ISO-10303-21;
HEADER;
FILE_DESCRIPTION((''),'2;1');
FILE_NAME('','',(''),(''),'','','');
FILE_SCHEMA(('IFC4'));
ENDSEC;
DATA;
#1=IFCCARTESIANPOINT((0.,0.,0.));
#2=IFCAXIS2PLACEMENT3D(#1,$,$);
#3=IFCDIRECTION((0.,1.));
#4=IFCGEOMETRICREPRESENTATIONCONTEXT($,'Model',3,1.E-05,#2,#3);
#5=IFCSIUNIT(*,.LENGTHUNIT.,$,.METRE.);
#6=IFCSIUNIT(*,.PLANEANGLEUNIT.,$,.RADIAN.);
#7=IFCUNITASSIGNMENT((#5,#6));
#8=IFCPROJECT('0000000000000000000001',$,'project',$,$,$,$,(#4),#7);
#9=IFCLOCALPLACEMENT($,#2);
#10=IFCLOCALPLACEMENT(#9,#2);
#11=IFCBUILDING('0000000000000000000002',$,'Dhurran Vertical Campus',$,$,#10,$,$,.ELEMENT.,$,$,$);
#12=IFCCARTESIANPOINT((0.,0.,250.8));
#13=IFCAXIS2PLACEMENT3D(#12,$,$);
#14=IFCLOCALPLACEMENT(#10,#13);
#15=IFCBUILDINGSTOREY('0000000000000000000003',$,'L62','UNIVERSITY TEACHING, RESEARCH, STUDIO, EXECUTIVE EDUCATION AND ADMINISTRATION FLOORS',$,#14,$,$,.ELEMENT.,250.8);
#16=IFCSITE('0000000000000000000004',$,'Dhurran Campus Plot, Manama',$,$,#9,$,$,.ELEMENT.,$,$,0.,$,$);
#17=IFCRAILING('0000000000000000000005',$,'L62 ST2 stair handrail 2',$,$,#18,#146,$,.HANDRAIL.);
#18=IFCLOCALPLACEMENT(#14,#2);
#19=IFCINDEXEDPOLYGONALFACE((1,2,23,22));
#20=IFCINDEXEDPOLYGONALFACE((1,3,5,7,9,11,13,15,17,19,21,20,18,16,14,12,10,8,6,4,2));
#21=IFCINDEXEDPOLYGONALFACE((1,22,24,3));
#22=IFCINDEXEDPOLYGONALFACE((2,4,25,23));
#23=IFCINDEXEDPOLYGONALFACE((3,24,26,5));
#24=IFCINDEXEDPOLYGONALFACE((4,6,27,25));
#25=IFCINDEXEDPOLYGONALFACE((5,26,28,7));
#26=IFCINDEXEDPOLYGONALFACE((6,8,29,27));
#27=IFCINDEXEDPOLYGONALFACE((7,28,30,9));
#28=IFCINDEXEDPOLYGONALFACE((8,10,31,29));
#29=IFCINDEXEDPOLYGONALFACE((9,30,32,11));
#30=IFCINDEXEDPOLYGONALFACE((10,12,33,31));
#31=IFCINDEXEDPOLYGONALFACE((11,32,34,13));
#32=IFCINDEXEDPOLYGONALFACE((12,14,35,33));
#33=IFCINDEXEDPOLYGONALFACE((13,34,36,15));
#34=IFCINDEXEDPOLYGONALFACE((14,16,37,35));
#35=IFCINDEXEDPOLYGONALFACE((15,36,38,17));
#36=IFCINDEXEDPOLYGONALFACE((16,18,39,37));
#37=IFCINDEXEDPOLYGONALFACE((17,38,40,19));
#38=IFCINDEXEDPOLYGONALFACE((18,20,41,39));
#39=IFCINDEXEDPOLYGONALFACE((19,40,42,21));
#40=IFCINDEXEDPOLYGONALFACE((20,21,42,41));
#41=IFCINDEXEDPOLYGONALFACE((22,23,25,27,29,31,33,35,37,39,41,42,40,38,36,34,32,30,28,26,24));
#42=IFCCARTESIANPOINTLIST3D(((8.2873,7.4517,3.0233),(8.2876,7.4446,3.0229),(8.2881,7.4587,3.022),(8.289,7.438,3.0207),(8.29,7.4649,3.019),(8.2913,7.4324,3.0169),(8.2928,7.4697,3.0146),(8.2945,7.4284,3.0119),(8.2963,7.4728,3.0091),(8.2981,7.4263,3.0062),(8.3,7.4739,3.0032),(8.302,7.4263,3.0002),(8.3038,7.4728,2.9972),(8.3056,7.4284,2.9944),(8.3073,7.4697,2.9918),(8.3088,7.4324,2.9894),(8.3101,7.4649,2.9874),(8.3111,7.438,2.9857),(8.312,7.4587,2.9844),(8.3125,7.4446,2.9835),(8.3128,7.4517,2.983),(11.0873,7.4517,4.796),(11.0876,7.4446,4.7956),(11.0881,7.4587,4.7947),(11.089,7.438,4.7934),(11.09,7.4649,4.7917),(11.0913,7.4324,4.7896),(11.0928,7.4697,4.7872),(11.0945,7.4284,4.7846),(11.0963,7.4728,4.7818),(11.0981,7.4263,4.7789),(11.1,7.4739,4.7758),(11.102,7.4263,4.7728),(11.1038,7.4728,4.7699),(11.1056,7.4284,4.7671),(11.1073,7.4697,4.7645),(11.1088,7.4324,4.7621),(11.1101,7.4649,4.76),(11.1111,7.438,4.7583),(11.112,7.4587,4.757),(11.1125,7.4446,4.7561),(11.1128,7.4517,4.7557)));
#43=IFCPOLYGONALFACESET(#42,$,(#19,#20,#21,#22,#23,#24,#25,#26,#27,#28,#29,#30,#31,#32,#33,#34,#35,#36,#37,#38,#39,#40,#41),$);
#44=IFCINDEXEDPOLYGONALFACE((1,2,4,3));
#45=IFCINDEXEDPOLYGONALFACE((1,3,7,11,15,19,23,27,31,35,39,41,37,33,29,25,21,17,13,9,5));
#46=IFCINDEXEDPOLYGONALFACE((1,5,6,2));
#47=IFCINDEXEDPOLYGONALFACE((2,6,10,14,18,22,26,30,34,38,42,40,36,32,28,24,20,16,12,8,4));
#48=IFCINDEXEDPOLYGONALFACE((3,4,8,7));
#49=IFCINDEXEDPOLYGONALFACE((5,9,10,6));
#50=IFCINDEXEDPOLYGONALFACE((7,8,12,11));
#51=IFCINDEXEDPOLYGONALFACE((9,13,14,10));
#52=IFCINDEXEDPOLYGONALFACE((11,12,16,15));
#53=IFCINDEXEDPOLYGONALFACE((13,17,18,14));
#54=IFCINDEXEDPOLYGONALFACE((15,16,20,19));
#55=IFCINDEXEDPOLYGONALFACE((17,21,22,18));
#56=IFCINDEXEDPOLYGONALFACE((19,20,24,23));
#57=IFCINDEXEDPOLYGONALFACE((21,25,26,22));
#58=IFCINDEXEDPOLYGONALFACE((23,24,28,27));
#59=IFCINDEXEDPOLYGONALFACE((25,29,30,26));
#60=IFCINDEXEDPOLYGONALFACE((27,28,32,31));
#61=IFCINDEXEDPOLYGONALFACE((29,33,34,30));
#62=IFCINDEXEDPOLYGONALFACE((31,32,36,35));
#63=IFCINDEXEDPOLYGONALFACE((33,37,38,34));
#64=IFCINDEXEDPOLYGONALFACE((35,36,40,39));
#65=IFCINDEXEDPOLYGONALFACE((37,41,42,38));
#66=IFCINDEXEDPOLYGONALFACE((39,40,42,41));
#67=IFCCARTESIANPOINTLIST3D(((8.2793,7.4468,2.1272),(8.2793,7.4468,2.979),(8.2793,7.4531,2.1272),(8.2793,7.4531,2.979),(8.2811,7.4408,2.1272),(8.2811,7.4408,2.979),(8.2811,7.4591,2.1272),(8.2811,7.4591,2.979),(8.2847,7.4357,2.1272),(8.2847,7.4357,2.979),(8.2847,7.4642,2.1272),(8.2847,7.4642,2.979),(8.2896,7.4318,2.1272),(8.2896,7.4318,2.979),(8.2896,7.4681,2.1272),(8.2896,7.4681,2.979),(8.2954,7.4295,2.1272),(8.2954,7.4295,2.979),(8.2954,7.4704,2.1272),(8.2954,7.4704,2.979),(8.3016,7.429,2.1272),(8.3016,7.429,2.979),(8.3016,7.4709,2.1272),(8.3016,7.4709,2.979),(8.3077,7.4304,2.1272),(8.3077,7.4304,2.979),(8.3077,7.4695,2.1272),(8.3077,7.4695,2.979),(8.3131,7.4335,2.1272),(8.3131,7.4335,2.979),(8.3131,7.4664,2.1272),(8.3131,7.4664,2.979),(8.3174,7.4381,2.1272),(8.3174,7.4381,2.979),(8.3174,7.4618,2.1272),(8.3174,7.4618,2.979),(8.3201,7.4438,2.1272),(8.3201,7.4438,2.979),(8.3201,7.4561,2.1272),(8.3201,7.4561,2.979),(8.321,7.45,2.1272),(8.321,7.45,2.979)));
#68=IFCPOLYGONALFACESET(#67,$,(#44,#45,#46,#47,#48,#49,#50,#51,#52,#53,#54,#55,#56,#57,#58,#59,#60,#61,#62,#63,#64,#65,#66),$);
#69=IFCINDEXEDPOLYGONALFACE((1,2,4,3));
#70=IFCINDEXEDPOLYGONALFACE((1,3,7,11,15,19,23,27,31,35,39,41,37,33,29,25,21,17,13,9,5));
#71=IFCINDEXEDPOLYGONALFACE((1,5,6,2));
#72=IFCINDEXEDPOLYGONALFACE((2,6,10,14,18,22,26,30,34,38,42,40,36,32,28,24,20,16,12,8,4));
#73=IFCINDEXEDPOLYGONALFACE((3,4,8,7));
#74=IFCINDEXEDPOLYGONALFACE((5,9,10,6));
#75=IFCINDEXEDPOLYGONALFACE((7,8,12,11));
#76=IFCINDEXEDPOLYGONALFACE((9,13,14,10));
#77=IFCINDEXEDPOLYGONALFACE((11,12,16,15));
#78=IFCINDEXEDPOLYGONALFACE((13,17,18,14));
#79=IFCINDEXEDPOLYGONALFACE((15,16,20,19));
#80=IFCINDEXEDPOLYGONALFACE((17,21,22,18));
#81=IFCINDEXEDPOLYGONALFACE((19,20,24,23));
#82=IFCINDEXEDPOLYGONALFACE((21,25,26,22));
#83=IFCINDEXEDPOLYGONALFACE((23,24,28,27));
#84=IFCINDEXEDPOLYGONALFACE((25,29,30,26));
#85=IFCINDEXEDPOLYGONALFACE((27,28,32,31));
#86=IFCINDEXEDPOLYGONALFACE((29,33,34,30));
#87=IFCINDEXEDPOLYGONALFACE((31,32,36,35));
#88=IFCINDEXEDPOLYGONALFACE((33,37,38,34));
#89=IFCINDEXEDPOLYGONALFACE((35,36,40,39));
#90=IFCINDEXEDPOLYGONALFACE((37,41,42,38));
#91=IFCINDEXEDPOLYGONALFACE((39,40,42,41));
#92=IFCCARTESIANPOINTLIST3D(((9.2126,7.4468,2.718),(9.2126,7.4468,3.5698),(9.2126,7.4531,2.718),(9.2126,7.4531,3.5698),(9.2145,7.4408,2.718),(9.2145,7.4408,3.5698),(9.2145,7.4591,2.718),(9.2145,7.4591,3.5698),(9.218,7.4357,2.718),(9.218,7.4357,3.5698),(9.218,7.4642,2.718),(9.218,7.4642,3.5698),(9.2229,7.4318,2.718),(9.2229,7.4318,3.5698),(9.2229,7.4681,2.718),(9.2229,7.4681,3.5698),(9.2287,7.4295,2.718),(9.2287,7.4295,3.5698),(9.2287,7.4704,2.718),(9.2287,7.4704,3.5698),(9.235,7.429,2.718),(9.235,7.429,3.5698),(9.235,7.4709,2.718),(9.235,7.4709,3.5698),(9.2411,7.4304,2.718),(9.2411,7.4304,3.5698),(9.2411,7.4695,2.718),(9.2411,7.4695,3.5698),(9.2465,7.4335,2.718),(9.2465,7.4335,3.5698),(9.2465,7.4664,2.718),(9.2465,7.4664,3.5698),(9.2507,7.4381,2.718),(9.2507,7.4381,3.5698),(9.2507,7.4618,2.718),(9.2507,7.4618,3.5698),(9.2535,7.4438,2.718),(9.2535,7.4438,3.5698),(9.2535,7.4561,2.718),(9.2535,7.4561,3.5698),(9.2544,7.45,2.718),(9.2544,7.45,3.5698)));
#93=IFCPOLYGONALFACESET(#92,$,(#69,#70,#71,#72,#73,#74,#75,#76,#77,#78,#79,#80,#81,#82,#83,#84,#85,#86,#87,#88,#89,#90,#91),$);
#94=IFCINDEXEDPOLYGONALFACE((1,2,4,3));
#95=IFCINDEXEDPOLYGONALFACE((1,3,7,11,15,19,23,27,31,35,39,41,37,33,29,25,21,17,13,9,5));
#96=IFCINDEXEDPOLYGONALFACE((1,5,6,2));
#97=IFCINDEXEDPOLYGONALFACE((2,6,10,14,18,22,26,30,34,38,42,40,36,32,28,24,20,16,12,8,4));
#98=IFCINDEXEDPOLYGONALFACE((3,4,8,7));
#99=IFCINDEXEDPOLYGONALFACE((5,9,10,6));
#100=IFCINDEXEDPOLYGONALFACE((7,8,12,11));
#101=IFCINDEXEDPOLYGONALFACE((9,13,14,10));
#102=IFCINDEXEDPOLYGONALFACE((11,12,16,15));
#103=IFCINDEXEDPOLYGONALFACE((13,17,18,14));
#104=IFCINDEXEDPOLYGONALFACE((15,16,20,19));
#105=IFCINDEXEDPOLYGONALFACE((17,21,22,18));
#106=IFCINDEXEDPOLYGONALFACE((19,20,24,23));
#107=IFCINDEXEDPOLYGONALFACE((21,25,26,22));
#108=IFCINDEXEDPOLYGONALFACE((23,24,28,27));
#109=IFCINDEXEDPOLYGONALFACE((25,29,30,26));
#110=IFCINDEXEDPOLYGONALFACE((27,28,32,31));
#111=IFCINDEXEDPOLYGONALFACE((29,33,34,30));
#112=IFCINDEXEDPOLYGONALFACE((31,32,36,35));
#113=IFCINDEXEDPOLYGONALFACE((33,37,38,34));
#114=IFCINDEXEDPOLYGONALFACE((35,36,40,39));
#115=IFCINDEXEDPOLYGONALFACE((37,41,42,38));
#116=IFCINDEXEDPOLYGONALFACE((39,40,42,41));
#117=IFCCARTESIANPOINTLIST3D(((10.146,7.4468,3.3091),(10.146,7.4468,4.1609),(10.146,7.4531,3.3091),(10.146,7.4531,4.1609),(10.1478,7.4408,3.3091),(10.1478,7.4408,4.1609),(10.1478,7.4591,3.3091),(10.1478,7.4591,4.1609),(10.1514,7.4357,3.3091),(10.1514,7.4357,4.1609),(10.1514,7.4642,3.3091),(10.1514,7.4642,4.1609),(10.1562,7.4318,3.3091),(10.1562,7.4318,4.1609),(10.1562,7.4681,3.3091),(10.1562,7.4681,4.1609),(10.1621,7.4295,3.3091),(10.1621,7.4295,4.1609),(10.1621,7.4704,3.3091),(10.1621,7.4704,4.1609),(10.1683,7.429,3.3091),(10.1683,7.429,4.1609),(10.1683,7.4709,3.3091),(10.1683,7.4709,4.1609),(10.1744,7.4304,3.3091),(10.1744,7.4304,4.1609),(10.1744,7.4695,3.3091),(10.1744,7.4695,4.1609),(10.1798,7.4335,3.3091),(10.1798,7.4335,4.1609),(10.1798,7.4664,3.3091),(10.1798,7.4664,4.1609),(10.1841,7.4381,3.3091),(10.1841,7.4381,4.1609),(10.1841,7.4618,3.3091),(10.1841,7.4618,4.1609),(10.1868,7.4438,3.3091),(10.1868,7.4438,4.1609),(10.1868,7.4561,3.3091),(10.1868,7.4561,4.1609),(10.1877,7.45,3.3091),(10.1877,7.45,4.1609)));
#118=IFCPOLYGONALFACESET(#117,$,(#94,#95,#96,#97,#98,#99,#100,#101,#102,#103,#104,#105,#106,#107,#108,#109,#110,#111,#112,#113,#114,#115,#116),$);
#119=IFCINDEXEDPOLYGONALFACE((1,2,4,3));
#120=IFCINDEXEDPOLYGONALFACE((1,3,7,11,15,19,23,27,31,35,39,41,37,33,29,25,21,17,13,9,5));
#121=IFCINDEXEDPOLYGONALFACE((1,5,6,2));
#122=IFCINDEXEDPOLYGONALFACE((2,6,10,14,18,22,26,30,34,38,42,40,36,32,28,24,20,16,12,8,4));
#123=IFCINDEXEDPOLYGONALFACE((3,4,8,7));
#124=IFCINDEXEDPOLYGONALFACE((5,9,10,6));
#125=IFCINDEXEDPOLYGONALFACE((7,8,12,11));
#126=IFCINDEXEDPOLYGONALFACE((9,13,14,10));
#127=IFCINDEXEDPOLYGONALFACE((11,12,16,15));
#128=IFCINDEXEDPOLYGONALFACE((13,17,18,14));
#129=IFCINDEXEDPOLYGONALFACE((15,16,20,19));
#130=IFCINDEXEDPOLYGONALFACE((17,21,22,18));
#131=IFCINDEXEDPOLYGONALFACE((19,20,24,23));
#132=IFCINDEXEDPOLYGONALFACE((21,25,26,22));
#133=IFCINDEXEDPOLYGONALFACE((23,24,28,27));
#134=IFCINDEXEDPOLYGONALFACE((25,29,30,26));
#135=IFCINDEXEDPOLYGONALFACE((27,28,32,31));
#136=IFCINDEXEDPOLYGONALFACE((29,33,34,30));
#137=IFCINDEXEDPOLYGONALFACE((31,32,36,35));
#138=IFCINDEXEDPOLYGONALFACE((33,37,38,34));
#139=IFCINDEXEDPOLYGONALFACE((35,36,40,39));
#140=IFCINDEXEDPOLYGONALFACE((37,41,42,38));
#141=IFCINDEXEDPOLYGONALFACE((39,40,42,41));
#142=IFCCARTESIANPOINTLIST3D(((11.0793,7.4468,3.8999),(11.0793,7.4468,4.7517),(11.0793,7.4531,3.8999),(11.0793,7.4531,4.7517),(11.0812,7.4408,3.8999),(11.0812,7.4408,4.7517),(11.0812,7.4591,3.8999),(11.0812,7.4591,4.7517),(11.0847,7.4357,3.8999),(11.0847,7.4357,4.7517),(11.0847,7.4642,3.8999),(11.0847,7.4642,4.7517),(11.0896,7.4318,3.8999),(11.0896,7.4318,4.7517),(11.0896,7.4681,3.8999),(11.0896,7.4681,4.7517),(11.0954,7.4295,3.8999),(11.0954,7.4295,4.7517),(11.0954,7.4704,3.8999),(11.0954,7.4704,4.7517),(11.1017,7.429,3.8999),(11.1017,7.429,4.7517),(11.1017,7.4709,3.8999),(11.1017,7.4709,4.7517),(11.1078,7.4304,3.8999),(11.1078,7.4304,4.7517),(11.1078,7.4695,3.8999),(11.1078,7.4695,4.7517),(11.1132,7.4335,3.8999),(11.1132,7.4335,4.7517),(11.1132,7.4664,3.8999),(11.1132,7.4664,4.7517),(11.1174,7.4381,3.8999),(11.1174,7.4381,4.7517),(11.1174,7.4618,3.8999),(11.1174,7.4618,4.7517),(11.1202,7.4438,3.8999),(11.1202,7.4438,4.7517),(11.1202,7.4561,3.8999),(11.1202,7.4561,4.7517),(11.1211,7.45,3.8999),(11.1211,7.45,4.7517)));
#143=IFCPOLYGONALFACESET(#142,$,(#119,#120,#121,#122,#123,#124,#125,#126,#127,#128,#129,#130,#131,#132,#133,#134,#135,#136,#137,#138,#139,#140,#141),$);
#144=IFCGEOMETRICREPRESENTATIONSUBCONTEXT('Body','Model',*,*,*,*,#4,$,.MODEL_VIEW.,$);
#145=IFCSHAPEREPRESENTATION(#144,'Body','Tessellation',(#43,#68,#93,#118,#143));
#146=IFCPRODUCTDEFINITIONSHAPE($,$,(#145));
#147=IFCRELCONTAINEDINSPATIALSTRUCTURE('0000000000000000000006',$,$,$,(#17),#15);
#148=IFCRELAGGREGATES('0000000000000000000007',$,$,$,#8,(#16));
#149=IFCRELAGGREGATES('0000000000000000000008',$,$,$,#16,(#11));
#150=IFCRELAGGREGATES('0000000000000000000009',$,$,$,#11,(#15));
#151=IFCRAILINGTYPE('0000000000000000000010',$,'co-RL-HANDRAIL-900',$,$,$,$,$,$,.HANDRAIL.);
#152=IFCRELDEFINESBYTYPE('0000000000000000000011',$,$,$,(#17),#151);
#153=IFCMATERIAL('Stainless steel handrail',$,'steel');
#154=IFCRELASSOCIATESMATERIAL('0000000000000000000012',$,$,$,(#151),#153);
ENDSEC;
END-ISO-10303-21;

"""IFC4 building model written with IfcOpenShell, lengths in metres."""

from ifc_helpers import new_model, si_unit, direction, frame, origin, origin_2d, place, context, subcontext, project, spatial, circle, extrude, material, type_object, element, save


model = new_model("IFC4")

# Units and contexts
model_context = context("Model", 3, precision=1e-05, world=origin(), true_north=direction((0.0, 1.0)))
body_context = subcontext(model_context, "Body", "Model", "MODEL_VIEW")
ifc_project = project(units=[si_unit("LENGTHUNIT", "METRE"), si_unit("PLANEANGLEUNIT", "RADIAN")], contexts=[model_context])

# Site, building, storey
site_placement = place(None, origin())
site = spatial("IfcSite", under=ifc_project, at=site_placement, Name="Dhurran Campus Plot, Manama", CompositionType="ELEMENT", RefElevation=0.0)
building_placement = place(site_placement, origin())
building = spatial("IfcBuilding", under=site, at=building_placement, Name="Dhurran Vertical Campus", CompositionType="ELEMENT")
storey_placement = place(building_placement, frame((0.0, 0.0, 250.8)))
storey = spatial("IfcBuildingStorey", under=building, at=storey_placement, Name="L62", Description="UNIVERSITY TEACHING, RESEARCH, STUDIO, EXECUTIVE EDUCATION AND ADMINISTRATION FLOORS", CompositionType="ELEMENT", Elevation=250.8)

# Railing
ifc_material_1 = material(Name="Stainless steel handrail", Category="steel")
railing_type_1 = type_object("IfcRailingType", Name="co-RL-HANDRAIL-900", PredefinedType="HANDRAIL", material=ifc_material_1)
railing_1_placement = place(storey_placement, frame((8.3, 7.45, 2.1272)))
element("IfcRailing", 1, at=railing_1_placement, inside=storey, type_object=railing_type_1, Name="L62 ST2 stair handrail 2", PredefinedType="HANDRAIL", context=body_context, shape_type="SweptSolid", body=[
    extrude(circle(Radius=0.0239, at=origin_2d()), frame((0.0, 0.0, 0.876), z_axis=(0.844909, 0.0, 0.53491), x_axis=(0.0, 1.0, 0.0)), (0.0, 0.0, 1.0), 3.314),
    extrude(circle(Radius=0.021, at=origin_2d()), origin(), (0.0, 0.0, 1.0), 0.8518),
    extrude(circle(Radius=0.021, at=origin_2d()), frame((0.9333, 0.0, 0.5908)), (0.0, 0.0, 1.0), 0.8518),
    extrude(circle(Radius=0.021, at=origin_2d()), frame((1.8667, 0.0, 1.1819)), (0.0, 0.0, 1.0), 0.8518),
    extrude(circle(Radius=0.021, at=origin_2d()), frame((2.8, 0.0, 1.7727)), (0.0, 0.0, 1.0), 0.8518),
])

save(model, "model.ifc")
